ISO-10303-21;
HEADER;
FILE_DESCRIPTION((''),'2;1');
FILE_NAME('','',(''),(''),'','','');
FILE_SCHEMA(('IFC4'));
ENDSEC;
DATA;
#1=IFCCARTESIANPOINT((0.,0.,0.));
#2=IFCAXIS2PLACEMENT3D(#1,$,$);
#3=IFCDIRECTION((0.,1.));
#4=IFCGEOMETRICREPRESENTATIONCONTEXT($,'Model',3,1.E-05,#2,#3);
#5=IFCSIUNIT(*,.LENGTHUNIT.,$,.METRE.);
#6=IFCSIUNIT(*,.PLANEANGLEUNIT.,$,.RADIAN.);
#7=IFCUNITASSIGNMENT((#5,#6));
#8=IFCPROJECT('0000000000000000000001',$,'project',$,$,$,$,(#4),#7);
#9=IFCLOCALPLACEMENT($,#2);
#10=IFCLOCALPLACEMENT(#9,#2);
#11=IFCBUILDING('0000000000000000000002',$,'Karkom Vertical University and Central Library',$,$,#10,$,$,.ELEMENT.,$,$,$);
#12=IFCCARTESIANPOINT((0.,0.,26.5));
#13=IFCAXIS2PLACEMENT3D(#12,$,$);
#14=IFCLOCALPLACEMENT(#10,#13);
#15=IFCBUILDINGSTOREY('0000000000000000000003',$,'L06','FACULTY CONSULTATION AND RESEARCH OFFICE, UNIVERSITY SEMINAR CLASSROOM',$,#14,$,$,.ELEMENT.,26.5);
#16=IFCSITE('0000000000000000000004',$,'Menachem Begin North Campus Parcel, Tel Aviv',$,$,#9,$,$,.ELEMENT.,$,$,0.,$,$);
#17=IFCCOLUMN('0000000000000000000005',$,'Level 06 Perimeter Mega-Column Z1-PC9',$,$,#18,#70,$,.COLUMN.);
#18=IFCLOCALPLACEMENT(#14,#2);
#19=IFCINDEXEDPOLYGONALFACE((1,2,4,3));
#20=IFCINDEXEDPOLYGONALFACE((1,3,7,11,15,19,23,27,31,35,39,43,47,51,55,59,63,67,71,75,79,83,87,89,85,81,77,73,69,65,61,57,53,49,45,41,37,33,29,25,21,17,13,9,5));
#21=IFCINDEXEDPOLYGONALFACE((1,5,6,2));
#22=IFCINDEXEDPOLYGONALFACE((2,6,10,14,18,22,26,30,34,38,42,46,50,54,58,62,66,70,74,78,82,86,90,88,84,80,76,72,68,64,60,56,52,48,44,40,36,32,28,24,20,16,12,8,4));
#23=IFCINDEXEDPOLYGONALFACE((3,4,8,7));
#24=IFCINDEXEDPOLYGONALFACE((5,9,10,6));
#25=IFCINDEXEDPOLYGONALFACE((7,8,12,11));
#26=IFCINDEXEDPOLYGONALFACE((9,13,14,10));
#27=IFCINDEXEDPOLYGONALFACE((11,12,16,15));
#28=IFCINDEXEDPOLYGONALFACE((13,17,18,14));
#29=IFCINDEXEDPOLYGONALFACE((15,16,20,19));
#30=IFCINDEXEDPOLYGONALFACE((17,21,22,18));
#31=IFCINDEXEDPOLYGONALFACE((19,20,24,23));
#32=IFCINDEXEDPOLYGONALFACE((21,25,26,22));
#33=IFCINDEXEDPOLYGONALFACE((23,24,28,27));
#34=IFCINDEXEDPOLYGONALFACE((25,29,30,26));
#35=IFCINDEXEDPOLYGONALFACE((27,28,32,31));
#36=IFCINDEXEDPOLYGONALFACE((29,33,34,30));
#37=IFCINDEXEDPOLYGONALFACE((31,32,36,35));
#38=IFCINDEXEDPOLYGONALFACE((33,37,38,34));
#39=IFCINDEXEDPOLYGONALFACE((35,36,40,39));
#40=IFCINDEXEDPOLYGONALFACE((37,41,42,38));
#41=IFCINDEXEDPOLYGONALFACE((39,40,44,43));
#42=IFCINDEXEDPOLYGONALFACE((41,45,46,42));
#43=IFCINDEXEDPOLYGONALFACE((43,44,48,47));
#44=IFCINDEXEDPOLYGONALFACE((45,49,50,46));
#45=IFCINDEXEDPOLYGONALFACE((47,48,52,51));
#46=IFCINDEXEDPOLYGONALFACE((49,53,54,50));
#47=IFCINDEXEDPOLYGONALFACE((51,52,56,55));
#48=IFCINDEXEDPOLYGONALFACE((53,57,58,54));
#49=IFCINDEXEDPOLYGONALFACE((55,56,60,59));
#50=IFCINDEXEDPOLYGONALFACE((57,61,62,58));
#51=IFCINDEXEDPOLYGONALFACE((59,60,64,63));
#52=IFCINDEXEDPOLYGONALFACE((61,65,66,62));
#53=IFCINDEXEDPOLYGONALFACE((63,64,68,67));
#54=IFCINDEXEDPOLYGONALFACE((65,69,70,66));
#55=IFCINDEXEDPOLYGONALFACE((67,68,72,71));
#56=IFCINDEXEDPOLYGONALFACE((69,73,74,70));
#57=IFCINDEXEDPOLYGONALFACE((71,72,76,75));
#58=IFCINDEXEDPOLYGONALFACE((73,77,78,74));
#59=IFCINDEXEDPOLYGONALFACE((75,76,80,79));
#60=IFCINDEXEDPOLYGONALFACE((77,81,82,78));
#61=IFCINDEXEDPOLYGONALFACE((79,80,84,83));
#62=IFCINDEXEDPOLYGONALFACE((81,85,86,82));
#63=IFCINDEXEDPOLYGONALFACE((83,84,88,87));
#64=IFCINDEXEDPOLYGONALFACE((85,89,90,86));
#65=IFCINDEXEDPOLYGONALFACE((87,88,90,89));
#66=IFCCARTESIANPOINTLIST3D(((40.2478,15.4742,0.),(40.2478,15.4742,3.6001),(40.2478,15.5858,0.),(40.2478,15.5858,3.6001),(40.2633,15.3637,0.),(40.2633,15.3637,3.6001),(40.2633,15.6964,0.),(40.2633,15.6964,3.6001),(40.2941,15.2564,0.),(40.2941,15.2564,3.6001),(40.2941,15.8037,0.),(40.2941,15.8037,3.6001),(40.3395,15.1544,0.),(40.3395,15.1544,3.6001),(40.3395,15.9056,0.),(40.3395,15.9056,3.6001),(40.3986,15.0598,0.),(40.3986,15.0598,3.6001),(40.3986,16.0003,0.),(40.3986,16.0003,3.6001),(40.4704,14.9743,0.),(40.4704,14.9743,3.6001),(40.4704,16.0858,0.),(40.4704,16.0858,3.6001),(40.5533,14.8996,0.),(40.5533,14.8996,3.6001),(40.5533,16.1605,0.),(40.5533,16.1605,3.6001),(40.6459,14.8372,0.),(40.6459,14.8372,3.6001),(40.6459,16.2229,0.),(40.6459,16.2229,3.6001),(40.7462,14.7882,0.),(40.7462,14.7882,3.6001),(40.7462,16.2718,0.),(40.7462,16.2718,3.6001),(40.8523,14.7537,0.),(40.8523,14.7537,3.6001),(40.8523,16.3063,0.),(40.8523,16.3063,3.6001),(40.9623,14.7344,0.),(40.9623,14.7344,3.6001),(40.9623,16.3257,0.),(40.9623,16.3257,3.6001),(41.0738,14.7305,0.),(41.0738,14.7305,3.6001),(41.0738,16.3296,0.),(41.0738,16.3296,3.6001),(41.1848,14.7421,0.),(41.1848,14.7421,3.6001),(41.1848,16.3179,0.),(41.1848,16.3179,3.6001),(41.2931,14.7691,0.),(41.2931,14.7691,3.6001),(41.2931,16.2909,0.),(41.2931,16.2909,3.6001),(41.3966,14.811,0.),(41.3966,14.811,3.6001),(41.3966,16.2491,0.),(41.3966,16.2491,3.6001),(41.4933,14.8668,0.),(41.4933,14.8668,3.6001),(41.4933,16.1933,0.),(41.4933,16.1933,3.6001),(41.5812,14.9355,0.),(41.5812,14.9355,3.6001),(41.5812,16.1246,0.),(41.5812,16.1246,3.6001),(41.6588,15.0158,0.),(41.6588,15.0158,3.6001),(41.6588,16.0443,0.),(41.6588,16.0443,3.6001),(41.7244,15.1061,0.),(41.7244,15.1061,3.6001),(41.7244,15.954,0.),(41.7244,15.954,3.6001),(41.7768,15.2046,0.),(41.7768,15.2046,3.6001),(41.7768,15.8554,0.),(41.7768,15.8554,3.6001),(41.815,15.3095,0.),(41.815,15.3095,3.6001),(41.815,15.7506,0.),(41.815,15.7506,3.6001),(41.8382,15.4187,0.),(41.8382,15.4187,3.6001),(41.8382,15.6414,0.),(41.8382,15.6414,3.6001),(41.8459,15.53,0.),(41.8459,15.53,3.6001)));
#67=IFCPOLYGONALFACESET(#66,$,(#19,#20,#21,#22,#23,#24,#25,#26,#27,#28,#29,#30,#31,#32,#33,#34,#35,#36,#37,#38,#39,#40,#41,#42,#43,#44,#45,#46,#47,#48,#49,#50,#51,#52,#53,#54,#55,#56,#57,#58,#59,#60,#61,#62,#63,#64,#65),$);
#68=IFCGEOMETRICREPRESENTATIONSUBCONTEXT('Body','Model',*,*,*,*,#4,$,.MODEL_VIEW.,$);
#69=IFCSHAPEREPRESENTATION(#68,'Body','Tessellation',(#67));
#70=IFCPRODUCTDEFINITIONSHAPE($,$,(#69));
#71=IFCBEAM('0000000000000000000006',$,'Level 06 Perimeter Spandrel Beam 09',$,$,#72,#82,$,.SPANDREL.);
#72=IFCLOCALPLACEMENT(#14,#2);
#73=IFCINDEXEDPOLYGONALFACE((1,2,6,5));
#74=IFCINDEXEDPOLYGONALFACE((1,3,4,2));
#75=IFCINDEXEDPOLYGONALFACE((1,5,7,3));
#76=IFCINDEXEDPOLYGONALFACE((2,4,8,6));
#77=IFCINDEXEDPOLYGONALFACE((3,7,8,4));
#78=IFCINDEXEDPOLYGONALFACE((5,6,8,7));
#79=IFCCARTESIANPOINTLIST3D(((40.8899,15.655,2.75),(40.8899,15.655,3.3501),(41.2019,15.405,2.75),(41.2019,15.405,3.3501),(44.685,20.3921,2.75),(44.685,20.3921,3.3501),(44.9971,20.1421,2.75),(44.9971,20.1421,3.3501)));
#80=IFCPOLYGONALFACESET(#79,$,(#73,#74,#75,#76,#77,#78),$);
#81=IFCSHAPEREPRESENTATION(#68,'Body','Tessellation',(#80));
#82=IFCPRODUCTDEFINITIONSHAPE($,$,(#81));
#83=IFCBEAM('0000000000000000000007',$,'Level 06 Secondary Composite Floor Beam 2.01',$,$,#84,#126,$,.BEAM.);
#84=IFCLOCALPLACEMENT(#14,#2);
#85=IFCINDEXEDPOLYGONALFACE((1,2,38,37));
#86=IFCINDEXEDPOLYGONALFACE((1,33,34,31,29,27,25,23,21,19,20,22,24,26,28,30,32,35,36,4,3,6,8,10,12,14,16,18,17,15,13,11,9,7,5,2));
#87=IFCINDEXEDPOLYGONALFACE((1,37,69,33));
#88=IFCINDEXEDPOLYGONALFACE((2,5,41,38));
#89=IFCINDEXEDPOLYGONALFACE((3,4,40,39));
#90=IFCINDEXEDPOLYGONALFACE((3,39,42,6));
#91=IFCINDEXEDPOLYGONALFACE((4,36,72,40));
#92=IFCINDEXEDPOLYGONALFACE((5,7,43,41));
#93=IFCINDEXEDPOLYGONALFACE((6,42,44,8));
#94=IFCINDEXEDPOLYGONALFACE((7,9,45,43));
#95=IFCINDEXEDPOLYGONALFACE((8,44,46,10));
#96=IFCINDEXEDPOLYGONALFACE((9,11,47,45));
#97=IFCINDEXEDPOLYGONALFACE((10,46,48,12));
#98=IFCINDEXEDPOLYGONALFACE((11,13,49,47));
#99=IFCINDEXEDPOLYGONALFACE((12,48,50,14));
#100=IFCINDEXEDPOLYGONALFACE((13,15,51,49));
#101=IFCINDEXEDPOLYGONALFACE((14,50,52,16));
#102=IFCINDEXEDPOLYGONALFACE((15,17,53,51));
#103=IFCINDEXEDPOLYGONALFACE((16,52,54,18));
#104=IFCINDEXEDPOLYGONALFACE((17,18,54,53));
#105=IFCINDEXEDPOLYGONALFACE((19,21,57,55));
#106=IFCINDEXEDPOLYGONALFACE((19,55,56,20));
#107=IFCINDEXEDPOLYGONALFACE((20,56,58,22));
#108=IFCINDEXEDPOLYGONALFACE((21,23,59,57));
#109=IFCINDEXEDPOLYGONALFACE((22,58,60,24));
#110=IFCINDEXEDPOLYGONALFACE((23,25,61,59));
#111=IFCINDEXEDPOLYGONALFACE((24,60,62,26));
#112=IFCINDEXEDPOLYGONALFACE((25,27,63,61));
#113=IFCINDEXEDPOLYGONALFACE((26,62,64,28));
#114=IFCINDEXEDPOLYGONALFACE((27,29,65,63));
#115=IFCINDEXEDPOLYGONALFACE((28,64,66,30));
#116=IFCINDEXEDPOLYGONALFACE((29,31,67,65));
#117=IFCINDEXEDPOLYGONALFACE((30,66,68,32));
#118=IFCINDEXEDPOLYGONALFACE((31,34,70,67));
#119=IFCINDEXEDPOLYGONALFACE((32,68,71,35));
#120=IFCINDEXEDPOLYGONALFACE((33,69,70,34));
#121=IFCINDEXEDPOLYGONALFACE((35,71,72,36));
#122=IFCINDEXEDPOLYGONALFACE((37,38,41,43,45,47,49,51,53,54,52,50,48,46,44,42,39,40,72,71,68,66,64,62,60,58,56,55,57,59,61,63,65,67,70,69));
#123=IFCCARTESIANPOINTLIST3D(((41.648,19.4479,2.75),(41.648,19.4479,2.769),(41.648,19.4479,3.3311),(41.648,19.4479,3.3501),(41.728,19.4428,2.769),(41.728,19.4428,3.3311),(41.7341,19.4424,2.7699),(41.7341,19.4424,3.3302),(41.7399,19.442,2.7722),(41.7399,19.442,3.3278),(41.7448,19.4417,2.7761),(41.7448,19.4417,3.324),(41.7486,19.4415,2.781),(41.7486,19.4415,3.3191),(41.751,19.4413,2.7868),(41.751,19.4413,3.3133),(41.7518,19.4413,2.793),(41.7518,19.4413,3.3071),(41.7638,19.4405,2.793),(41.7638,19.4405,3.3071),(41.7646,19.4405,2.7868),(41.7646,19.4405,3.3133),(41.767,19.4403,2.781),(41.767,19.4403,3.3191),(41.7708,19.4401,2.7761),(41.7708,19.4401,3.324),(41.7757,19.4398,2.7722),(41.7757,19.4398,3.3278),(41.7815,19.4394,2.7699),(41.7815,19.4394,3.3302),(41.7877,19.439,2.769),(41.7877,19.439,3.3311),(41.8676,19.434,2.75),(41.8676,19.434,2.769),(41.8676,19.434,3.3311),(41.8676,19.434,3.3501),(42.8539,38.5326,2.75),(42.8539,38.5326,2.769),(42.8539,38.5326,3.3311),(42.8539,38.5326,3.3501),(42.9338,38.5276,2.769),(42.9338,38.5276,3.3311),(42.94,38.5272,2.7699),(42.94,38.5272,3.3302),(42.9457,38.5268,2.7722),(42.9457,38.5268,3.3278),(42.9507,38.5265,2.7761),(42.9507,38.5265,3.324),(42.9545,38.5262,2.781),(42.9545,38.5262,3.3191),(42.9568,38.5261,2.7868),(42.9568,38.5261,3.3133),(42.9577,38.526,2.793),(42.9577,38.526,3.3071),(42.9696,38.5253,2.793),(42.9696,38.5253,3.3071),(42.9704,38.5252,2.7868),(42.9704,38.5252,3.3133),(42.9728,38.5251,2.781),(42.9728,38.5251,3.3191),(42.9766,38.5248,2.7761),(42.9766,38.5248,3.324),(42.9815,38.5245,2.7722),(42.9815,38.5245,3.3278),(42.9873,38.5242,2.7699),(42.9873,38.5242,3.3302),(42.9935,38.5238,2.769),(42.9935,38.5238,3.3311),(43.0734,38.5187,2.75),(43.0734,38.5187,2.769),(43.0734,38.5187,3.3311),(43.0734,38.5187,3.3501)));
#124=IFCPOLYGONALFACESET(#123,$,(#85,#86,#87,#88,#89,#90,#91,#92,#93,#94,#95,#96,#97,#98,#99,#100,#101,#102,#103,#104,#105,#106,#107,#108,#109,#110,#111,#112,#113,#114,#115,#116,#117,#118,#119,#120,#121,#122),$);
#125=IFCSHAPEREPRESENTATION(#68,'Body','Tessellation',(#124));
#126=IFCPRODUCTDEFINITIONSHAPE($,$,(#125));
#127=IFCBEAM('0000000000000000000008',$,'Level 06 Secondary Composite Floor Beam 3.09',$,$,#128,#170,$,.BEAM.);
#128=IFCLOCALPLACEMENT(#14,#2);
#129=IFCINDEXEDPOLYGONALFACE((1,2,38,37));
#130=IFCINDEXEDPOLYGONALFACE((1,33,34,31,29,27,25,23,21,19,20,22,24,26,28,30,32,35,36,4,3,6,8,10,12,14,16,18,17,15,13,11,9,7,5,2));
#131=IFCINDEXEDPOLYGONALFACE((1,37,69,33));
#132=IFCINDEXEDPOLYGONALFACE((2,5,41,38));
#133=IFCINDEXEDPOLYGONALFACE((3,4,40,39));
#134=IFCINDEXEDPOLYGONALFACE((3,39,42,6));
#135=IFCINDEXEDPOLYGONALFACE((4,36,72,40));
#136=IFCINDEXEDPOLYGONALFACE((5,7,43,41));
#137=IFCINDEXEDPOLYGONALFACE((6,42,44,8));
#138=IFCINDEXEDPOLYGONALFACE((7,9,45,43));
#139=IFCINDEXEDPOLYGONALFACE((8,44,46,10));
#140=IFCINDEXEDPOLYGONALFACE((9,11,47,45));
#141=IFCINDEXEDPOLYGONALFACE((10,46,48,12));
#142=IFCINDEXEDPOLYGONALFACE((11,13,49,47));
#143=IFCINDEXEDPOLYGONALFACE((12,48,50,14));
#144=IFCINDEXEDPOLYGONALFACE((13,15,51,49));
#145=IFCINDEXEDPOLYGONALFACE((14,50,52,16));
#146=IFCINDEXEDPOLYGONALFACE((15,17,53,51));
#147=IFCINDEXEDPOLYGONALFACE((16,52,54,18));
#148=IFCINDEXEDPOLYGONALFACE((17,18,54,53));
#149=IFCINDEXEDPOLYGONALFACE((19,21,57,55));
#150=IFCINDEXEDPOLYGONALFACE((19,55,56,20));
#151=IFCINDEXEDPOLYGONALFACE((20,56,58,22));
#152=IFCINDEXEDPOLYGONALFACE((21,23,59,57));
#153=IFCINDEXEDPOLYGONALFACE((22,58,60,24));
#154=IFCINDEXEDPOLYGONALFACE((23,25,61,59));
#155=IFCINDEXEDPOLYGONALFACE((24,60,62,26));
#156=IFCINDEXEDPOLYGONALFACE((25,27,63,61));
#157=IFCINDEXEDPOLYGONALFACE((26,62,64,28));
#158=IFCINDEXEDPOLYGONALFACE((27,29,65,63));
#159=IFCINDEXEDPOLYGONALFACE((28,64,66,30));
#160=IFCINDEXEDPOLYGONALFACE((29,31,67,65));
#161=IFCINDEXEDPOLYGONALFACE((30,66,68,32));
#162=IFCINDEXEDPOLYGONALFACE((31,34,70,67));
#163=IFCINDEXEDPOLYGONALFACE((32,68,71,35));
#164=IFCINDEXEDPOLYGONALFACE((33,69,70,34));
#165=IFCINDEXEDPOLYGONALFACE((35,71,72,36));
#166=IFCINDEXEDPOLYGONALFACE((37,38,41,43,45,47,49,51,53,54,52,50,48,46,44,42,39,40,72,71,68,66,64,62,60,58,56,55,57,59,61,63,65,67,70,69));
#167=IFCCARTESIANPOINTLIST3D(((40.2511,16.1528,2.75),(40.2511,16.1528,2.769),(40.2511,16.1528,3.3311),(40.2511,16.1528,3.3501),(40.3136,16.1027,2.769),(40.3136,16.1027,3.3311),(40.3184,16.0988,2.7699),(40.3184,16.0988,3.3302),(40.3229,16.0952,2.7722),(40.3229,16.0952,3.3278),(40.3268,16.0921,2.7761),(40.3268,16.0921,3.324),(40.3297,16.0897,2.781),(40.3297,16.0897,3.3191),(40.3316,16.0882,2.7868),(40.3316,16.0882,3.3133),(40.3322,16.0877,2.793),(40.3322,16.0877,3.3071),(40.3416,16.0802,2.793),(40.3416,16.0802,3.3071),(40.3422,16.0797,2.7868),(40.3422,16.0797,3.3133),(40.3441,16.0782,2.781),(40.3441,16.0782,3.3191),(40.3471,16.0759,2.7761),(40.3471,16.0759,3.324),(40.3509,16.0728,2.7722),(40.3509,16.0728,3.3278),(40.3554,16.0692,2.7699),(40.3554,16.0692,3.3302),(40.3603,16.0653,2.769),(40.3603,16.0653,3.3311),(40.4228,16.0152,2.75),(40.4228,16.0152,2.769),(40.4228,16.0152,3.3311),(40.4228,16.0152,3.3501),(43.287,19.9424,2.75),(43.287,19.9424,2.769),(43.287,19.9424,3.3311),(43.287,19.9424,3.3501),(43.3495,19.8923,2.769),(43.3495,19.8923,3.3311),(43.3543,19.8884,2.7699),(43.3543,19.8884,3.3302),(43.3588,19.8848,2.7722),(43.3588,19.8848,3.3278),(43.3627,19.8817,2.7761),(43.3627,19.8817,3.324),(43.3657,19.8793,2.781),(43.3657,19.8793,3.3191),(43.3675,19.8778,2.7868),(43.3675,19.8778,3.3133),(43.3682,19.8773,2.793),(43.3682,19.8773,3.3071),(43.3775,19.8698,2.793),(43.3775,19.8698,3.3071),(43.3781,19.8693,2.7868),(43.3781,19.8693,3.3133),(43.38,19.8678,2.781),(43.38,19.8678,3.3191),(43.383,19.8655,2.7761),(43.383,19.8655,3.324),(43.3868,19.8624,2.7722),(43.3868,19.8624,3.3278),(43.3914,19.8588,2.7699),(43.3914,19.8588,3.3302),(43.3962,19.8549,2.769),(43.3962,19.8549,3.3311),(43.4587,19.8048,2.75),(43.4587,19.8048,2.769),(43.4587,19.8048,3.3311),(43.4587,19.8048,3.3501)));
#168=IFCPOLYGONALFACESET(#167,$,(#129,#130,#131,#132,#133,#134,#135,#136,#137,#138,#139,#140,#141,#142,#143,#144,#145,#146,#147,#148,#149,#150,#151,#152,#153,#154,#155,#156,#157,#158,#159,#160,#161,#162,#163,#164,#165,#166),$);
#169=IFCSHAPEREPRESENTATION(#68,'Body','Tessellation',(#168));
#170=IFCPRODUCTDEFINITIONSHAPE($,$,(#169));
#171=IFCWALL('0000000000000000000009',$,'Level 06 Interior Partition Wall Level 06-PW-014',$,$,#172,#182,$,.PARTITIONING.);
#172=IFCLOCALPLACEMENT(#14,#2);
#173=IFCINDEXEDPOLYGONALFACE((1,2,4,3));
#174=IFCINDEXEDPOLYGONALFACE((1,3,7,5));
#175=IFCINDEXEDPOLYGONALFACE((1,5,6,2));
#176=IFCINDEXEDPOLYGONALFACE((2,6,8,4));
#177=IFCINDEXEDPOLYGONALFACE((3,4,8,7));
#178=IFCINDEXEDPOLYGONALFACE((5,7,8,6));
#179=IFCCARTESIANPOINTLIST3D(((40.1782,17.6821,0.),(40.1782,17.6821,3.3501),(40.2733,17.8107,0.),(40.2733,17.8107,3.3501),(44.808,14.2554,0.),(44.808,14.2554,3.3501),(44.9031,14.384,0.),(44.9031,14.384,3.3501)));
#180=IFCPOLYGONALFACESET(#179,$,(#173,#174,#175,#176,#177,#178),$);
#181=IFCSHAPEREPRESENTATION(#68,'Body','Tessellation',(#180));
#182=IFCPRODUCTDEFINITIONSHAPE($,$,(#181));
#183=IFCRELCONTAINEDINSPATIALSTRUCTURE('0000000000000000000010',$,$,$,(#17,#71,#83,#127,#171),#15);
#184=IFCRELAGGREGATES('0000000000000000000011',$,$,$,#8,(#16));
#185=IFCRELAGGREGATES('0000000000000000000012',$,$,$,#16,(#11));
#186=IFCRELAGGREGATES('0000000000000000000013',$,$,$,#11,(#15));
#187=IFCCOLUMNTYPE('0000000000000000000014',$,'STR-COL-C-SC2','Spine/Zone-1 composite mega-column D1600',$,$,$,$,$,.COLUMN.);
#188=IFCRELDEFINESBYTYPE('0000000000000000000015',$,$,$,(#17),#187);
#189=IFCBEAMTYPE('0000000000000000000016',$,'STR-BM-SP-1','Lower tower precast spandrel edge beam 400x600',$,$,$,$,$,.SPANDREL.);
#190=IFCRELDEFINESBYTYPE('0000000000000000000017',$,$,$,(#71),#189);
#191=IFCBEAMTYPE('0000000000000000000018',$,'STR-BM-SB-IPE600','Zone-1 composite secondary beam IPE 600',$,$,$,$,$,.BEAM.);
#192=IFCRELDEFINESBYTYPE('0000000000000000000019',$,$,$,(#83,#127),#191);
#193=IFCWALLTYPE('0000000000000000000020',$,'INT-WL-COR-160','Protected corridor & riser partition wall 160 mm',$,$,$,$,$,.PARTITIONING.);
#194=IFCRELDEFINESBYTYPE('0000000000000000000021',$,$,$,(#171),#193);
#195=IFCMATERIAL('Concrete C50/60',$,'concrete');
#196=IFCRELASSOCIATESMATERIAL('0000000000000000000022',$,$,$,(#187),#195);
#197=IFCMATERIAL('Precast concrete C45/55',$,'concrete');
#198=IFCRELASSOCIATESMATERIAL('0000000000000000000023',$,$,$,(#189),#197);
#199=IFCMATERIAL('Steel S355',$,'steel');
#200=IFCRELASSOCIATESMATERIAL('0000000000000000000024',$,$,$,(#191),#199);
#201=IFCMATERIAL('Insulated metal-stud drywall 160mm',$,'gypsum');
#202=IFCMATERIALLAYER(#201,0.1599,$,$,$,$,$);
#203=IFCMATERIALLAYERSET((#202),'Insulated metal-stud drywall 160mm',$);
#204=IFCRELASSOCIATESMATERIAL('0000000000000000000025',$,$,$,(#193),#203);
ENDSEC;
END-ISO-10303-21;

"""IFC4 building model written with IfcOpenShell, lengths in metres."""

from ifc_helpers import new_model, si_unit, direction, frame, frame_2d, origin, origin_with_axes, origin_2d, place, context, subcontext, project, spatial, rectangle, circle, i_section, extrude, source, transform, mapped, material, layer, layer_set, material_profile, profile_set, type_object, element, save


model = new_model("IFC4")

# Units and contexts
model_context = context("Model", 3, precision=1e-05, world=origin(), true_north=direction((0.0, 1.0)))
body_context = subcontext(model_context, "Body", "Model", "MODEL_VIEW")
ifc_project = project(units=[si_unit("LENGTHUNIT", "METRE"), si_unit("PLANEANGLEUNIT", "RADIAN")], contexts=[model_context])

# Site, building, storey
site_placement = place(None, origin())
site = spatial("IfcSite", under=ifc_project, at=site_placement, Name="Menachem Begin North Campus Parcel, Tel Aviv", CompositionType="ELEMENT", RefElevation=0.0)
building_placement = place(site_placement, origin())
building = spatial("IfcBuilding", under=site, at=building_placement, Name="Karkom Vertical University and Central Library", CompositionType="ELEMENT")
storey_placement = place(building_placement, frame((0.0, 0.0, 26.5)))
storey = spatial("IfcBuildingStorey", under=building, at=storey_placement, Name="L06", Description="FACULTY CONSULTATION AND RESEARCH OFFICE, UNIVERSITY SEMINAR CLASSROOM", CompositionType="ELEMENT", Elevation=26.5)

# Column
ifc_material_1 = material(Name="Concrete C50/60", Category="concrete")
ifc_material_profile_1 = material_profile(ifc_material_1, circle(Radius=0.8, at=origin_2d()), Name="CFT-D1600")
ifc_profile_set_1 = profile_set([ifc_material_profile_1], Name="Concrete C50/60")
column_type = type_object("IfcColumnType", Name="STR-COL-C-SC2", Description="Spine/Zone-1 composite mega-column D1600", PredefinedType="COLUMN", material=ifc_profile_set_1)
shared_shape_1 = source(origin_with_axes(), body_context, "Body", "SweptSolid", [
    extrude(circle(Radius=0.8, at=origin_2d()), origin(), (0.0, 0.0, 1.0), 3.6001),
])
column_placement = place(storey_placement, frame((41.0459, 15.53, 0.0), z_axis=(0.0, 0.0, 1.0), x_axis=(1.0, 0.0, 0.0)))
element("IfcColumn", 1, at=column_placement, inside=storey, type_object=column_type, Name="Level 06 Perimeter Mega-Column Z1-PC9", PredefinedType="COLUMN", context=body_context, shape_type="MappedRepresentation", body=[
    mapped(shared_shape_1, transform((0.0, 0.0, 0.0), scale=1.0)),
])

# Beams
ifc_material_2 = material(Name="Precast concrete C45/55", Category="concrete")
ifc_material_profile_2 = material_profile(ifc_material_2, rectangle(XDim=0.3999, YDim=0.6001, at=origin_2d()), Name="SPB-400x600")
ifc_profile_set_2 = profile_set([ifc_material_profile_2], Name="Precast concrete C45/55")
beam_type_1 = type_object("IfcBeamType", Name="STR-BM-SP-1", Description="Lower tower precast spandrel edge beam 400x600", PredefinedType="SPANDREL", material=ifc_profile_set_2)
shared_shape_2 = source(origin_with_axes(), body_context, "Body", "SweptSolid", [
    extrude(rectangle(XDim=0.3999, YDim=0.6001, at=origin_2d()), origin(), (0.0, 0.0, 1.0), 6.0698),
])
beam_1_placement = place(storey_placement, frame((41.0459, 15.53, 3.05), z_axis=(0.625249, 0.780425, 0.0), x_axis=(-0.780425, 0.625249, 0.0)))
element("IfcBeam", 2, at=beam_1_placement, inside=storey, type_object=beam_type_1, Name="Level 06 Perimeter Spandrel Beam 09", PredefinedType="SPANDREL", context=body_context, shape_type="MappedRepresentation", body=[
    mapped(shared_shape_2, transform((0.0, 0.0, 0.0), scale=1.0)),
])
ifc_material_3 = material(Name="Steel S355", Category="steel")
ifc_material_profile_3 = material_profile(ifc_material_3, i_section(OverallWidth=0.22, OverallDepth=0.6001, WebThickness=0.012, FlangeThickness=0.019, FilletRadius=0.0239, at=origin_2d()), Name="IPE 600")
ifc_profile_set_3 = profile_set([ifc_material_profile_3], Name="Steel S355")
beam_type_2 = type_object("IfcBeamType", Name="STR-BM-SB-IPE600", Description="Zone-1 composite secondary beam IPE 600", PredefinedType="BEAM", material=ifc_profile_set_3)
shared_shape_3 = source(origin_with_axes(), body_context, "Body", "SweptSolid", [
    extrude(i_section(OverallWidth=0.22, OverallDepth=0.6001, WebThickness=0.012, FlangeThickness=0.019, FilletRadius=0.0239, at=origin_2d()), origin(), (0.0, 0.0, 1.0), 19.1228),
])
beam_2_placement = place(storey_placement, frame((41.7578, 19.4409, 3.05), z_axis=(0.063056, 0.99801, 0.0), x_axis=(-0.99801, 0.063056, 0.0)))
element("IfcBeam", 3, at=beam_2_placement, inside=storey, type_object=beam_type_2, Name="Level 06 Secondary Composite Floor Beam 2.01", PredefinedType="BEAM", context=body_context, shape_type="MappedRepresentation", body=[
    mapped(shared_shape_3, transform((0.0, 0.0, 0.0), scale=1.0)),
])
shared_shape_4 = source(origin_with_axes(), body_context, "Body", "SweptSolid", [
    extrude(i_section(OverallWidth=0.22, OverallDepth=0.6001, WebThickness=0.012, FlangeThickness=0.019, FilletRadius=0.0239, at=origin_2d()), origin(), (0.0, 0.0, 1.0), 4.8557),
])
beam_3_placement = place(storey_placement, frame((40.3369, 16.084, 3.05), z_axis=(0.625228, 0.780442, 0.0), x_axis=(-0.780442, 0.625228, 0.0)))
element("IfcBeam", 4, at=beam_3_placement, inside=storey, type_object=beam_type_2, Name="Level 06 Secondary Composite Floor Beam 3.09", PredefinedType="BEAM", context=body_context, shape_type="MappedRepresentation", body=[
    mapped(shared_shape_4, transform((0.0, 0.0, 0.0), scale=1.0)),
])

# Shared definitions
ifc_material_4 = material(Name="Insulated metal-stud drywall 160mm", Category="gypsum")
ifc_layer = layer(ifc_material_4, 0.1599)
ifc_layer_set = layer_set([ifc_layer], Name="Insulated metal-stud drywall 160mm")
wall_type = type_object("IfcWallType", Name="INT-WL-COR-160", Description="Protected corridor & riser partition wall 160 mm", PredefinedType="PARTITIONING", material=ifc_layer_set)

# Wall
wall_1_placement = place(storey_placement, frame((40.2258, 17.7463, 0.0), z_axis=(0.0, 0.0, 1.0), x_axis=(0.803788, -0.594915, 0.0)))
element("IfcWall", 5, at=wall_1_placement, inside=storey, type_object=wall_type, Name="Level 06 Interior Partition Wall Level 06-PW-014", PredefinedType="PARTITIONING", context=body_context, shape_type="SweptSolid", body=[
    extrude(rectangle(XDim=5.76, YDim=0.1599, at=frame_2d((2.8799, 0.0))), origin(), (0.0, 0.0, 1.0), 3.3501),
])

save(model, "model.ifc")
